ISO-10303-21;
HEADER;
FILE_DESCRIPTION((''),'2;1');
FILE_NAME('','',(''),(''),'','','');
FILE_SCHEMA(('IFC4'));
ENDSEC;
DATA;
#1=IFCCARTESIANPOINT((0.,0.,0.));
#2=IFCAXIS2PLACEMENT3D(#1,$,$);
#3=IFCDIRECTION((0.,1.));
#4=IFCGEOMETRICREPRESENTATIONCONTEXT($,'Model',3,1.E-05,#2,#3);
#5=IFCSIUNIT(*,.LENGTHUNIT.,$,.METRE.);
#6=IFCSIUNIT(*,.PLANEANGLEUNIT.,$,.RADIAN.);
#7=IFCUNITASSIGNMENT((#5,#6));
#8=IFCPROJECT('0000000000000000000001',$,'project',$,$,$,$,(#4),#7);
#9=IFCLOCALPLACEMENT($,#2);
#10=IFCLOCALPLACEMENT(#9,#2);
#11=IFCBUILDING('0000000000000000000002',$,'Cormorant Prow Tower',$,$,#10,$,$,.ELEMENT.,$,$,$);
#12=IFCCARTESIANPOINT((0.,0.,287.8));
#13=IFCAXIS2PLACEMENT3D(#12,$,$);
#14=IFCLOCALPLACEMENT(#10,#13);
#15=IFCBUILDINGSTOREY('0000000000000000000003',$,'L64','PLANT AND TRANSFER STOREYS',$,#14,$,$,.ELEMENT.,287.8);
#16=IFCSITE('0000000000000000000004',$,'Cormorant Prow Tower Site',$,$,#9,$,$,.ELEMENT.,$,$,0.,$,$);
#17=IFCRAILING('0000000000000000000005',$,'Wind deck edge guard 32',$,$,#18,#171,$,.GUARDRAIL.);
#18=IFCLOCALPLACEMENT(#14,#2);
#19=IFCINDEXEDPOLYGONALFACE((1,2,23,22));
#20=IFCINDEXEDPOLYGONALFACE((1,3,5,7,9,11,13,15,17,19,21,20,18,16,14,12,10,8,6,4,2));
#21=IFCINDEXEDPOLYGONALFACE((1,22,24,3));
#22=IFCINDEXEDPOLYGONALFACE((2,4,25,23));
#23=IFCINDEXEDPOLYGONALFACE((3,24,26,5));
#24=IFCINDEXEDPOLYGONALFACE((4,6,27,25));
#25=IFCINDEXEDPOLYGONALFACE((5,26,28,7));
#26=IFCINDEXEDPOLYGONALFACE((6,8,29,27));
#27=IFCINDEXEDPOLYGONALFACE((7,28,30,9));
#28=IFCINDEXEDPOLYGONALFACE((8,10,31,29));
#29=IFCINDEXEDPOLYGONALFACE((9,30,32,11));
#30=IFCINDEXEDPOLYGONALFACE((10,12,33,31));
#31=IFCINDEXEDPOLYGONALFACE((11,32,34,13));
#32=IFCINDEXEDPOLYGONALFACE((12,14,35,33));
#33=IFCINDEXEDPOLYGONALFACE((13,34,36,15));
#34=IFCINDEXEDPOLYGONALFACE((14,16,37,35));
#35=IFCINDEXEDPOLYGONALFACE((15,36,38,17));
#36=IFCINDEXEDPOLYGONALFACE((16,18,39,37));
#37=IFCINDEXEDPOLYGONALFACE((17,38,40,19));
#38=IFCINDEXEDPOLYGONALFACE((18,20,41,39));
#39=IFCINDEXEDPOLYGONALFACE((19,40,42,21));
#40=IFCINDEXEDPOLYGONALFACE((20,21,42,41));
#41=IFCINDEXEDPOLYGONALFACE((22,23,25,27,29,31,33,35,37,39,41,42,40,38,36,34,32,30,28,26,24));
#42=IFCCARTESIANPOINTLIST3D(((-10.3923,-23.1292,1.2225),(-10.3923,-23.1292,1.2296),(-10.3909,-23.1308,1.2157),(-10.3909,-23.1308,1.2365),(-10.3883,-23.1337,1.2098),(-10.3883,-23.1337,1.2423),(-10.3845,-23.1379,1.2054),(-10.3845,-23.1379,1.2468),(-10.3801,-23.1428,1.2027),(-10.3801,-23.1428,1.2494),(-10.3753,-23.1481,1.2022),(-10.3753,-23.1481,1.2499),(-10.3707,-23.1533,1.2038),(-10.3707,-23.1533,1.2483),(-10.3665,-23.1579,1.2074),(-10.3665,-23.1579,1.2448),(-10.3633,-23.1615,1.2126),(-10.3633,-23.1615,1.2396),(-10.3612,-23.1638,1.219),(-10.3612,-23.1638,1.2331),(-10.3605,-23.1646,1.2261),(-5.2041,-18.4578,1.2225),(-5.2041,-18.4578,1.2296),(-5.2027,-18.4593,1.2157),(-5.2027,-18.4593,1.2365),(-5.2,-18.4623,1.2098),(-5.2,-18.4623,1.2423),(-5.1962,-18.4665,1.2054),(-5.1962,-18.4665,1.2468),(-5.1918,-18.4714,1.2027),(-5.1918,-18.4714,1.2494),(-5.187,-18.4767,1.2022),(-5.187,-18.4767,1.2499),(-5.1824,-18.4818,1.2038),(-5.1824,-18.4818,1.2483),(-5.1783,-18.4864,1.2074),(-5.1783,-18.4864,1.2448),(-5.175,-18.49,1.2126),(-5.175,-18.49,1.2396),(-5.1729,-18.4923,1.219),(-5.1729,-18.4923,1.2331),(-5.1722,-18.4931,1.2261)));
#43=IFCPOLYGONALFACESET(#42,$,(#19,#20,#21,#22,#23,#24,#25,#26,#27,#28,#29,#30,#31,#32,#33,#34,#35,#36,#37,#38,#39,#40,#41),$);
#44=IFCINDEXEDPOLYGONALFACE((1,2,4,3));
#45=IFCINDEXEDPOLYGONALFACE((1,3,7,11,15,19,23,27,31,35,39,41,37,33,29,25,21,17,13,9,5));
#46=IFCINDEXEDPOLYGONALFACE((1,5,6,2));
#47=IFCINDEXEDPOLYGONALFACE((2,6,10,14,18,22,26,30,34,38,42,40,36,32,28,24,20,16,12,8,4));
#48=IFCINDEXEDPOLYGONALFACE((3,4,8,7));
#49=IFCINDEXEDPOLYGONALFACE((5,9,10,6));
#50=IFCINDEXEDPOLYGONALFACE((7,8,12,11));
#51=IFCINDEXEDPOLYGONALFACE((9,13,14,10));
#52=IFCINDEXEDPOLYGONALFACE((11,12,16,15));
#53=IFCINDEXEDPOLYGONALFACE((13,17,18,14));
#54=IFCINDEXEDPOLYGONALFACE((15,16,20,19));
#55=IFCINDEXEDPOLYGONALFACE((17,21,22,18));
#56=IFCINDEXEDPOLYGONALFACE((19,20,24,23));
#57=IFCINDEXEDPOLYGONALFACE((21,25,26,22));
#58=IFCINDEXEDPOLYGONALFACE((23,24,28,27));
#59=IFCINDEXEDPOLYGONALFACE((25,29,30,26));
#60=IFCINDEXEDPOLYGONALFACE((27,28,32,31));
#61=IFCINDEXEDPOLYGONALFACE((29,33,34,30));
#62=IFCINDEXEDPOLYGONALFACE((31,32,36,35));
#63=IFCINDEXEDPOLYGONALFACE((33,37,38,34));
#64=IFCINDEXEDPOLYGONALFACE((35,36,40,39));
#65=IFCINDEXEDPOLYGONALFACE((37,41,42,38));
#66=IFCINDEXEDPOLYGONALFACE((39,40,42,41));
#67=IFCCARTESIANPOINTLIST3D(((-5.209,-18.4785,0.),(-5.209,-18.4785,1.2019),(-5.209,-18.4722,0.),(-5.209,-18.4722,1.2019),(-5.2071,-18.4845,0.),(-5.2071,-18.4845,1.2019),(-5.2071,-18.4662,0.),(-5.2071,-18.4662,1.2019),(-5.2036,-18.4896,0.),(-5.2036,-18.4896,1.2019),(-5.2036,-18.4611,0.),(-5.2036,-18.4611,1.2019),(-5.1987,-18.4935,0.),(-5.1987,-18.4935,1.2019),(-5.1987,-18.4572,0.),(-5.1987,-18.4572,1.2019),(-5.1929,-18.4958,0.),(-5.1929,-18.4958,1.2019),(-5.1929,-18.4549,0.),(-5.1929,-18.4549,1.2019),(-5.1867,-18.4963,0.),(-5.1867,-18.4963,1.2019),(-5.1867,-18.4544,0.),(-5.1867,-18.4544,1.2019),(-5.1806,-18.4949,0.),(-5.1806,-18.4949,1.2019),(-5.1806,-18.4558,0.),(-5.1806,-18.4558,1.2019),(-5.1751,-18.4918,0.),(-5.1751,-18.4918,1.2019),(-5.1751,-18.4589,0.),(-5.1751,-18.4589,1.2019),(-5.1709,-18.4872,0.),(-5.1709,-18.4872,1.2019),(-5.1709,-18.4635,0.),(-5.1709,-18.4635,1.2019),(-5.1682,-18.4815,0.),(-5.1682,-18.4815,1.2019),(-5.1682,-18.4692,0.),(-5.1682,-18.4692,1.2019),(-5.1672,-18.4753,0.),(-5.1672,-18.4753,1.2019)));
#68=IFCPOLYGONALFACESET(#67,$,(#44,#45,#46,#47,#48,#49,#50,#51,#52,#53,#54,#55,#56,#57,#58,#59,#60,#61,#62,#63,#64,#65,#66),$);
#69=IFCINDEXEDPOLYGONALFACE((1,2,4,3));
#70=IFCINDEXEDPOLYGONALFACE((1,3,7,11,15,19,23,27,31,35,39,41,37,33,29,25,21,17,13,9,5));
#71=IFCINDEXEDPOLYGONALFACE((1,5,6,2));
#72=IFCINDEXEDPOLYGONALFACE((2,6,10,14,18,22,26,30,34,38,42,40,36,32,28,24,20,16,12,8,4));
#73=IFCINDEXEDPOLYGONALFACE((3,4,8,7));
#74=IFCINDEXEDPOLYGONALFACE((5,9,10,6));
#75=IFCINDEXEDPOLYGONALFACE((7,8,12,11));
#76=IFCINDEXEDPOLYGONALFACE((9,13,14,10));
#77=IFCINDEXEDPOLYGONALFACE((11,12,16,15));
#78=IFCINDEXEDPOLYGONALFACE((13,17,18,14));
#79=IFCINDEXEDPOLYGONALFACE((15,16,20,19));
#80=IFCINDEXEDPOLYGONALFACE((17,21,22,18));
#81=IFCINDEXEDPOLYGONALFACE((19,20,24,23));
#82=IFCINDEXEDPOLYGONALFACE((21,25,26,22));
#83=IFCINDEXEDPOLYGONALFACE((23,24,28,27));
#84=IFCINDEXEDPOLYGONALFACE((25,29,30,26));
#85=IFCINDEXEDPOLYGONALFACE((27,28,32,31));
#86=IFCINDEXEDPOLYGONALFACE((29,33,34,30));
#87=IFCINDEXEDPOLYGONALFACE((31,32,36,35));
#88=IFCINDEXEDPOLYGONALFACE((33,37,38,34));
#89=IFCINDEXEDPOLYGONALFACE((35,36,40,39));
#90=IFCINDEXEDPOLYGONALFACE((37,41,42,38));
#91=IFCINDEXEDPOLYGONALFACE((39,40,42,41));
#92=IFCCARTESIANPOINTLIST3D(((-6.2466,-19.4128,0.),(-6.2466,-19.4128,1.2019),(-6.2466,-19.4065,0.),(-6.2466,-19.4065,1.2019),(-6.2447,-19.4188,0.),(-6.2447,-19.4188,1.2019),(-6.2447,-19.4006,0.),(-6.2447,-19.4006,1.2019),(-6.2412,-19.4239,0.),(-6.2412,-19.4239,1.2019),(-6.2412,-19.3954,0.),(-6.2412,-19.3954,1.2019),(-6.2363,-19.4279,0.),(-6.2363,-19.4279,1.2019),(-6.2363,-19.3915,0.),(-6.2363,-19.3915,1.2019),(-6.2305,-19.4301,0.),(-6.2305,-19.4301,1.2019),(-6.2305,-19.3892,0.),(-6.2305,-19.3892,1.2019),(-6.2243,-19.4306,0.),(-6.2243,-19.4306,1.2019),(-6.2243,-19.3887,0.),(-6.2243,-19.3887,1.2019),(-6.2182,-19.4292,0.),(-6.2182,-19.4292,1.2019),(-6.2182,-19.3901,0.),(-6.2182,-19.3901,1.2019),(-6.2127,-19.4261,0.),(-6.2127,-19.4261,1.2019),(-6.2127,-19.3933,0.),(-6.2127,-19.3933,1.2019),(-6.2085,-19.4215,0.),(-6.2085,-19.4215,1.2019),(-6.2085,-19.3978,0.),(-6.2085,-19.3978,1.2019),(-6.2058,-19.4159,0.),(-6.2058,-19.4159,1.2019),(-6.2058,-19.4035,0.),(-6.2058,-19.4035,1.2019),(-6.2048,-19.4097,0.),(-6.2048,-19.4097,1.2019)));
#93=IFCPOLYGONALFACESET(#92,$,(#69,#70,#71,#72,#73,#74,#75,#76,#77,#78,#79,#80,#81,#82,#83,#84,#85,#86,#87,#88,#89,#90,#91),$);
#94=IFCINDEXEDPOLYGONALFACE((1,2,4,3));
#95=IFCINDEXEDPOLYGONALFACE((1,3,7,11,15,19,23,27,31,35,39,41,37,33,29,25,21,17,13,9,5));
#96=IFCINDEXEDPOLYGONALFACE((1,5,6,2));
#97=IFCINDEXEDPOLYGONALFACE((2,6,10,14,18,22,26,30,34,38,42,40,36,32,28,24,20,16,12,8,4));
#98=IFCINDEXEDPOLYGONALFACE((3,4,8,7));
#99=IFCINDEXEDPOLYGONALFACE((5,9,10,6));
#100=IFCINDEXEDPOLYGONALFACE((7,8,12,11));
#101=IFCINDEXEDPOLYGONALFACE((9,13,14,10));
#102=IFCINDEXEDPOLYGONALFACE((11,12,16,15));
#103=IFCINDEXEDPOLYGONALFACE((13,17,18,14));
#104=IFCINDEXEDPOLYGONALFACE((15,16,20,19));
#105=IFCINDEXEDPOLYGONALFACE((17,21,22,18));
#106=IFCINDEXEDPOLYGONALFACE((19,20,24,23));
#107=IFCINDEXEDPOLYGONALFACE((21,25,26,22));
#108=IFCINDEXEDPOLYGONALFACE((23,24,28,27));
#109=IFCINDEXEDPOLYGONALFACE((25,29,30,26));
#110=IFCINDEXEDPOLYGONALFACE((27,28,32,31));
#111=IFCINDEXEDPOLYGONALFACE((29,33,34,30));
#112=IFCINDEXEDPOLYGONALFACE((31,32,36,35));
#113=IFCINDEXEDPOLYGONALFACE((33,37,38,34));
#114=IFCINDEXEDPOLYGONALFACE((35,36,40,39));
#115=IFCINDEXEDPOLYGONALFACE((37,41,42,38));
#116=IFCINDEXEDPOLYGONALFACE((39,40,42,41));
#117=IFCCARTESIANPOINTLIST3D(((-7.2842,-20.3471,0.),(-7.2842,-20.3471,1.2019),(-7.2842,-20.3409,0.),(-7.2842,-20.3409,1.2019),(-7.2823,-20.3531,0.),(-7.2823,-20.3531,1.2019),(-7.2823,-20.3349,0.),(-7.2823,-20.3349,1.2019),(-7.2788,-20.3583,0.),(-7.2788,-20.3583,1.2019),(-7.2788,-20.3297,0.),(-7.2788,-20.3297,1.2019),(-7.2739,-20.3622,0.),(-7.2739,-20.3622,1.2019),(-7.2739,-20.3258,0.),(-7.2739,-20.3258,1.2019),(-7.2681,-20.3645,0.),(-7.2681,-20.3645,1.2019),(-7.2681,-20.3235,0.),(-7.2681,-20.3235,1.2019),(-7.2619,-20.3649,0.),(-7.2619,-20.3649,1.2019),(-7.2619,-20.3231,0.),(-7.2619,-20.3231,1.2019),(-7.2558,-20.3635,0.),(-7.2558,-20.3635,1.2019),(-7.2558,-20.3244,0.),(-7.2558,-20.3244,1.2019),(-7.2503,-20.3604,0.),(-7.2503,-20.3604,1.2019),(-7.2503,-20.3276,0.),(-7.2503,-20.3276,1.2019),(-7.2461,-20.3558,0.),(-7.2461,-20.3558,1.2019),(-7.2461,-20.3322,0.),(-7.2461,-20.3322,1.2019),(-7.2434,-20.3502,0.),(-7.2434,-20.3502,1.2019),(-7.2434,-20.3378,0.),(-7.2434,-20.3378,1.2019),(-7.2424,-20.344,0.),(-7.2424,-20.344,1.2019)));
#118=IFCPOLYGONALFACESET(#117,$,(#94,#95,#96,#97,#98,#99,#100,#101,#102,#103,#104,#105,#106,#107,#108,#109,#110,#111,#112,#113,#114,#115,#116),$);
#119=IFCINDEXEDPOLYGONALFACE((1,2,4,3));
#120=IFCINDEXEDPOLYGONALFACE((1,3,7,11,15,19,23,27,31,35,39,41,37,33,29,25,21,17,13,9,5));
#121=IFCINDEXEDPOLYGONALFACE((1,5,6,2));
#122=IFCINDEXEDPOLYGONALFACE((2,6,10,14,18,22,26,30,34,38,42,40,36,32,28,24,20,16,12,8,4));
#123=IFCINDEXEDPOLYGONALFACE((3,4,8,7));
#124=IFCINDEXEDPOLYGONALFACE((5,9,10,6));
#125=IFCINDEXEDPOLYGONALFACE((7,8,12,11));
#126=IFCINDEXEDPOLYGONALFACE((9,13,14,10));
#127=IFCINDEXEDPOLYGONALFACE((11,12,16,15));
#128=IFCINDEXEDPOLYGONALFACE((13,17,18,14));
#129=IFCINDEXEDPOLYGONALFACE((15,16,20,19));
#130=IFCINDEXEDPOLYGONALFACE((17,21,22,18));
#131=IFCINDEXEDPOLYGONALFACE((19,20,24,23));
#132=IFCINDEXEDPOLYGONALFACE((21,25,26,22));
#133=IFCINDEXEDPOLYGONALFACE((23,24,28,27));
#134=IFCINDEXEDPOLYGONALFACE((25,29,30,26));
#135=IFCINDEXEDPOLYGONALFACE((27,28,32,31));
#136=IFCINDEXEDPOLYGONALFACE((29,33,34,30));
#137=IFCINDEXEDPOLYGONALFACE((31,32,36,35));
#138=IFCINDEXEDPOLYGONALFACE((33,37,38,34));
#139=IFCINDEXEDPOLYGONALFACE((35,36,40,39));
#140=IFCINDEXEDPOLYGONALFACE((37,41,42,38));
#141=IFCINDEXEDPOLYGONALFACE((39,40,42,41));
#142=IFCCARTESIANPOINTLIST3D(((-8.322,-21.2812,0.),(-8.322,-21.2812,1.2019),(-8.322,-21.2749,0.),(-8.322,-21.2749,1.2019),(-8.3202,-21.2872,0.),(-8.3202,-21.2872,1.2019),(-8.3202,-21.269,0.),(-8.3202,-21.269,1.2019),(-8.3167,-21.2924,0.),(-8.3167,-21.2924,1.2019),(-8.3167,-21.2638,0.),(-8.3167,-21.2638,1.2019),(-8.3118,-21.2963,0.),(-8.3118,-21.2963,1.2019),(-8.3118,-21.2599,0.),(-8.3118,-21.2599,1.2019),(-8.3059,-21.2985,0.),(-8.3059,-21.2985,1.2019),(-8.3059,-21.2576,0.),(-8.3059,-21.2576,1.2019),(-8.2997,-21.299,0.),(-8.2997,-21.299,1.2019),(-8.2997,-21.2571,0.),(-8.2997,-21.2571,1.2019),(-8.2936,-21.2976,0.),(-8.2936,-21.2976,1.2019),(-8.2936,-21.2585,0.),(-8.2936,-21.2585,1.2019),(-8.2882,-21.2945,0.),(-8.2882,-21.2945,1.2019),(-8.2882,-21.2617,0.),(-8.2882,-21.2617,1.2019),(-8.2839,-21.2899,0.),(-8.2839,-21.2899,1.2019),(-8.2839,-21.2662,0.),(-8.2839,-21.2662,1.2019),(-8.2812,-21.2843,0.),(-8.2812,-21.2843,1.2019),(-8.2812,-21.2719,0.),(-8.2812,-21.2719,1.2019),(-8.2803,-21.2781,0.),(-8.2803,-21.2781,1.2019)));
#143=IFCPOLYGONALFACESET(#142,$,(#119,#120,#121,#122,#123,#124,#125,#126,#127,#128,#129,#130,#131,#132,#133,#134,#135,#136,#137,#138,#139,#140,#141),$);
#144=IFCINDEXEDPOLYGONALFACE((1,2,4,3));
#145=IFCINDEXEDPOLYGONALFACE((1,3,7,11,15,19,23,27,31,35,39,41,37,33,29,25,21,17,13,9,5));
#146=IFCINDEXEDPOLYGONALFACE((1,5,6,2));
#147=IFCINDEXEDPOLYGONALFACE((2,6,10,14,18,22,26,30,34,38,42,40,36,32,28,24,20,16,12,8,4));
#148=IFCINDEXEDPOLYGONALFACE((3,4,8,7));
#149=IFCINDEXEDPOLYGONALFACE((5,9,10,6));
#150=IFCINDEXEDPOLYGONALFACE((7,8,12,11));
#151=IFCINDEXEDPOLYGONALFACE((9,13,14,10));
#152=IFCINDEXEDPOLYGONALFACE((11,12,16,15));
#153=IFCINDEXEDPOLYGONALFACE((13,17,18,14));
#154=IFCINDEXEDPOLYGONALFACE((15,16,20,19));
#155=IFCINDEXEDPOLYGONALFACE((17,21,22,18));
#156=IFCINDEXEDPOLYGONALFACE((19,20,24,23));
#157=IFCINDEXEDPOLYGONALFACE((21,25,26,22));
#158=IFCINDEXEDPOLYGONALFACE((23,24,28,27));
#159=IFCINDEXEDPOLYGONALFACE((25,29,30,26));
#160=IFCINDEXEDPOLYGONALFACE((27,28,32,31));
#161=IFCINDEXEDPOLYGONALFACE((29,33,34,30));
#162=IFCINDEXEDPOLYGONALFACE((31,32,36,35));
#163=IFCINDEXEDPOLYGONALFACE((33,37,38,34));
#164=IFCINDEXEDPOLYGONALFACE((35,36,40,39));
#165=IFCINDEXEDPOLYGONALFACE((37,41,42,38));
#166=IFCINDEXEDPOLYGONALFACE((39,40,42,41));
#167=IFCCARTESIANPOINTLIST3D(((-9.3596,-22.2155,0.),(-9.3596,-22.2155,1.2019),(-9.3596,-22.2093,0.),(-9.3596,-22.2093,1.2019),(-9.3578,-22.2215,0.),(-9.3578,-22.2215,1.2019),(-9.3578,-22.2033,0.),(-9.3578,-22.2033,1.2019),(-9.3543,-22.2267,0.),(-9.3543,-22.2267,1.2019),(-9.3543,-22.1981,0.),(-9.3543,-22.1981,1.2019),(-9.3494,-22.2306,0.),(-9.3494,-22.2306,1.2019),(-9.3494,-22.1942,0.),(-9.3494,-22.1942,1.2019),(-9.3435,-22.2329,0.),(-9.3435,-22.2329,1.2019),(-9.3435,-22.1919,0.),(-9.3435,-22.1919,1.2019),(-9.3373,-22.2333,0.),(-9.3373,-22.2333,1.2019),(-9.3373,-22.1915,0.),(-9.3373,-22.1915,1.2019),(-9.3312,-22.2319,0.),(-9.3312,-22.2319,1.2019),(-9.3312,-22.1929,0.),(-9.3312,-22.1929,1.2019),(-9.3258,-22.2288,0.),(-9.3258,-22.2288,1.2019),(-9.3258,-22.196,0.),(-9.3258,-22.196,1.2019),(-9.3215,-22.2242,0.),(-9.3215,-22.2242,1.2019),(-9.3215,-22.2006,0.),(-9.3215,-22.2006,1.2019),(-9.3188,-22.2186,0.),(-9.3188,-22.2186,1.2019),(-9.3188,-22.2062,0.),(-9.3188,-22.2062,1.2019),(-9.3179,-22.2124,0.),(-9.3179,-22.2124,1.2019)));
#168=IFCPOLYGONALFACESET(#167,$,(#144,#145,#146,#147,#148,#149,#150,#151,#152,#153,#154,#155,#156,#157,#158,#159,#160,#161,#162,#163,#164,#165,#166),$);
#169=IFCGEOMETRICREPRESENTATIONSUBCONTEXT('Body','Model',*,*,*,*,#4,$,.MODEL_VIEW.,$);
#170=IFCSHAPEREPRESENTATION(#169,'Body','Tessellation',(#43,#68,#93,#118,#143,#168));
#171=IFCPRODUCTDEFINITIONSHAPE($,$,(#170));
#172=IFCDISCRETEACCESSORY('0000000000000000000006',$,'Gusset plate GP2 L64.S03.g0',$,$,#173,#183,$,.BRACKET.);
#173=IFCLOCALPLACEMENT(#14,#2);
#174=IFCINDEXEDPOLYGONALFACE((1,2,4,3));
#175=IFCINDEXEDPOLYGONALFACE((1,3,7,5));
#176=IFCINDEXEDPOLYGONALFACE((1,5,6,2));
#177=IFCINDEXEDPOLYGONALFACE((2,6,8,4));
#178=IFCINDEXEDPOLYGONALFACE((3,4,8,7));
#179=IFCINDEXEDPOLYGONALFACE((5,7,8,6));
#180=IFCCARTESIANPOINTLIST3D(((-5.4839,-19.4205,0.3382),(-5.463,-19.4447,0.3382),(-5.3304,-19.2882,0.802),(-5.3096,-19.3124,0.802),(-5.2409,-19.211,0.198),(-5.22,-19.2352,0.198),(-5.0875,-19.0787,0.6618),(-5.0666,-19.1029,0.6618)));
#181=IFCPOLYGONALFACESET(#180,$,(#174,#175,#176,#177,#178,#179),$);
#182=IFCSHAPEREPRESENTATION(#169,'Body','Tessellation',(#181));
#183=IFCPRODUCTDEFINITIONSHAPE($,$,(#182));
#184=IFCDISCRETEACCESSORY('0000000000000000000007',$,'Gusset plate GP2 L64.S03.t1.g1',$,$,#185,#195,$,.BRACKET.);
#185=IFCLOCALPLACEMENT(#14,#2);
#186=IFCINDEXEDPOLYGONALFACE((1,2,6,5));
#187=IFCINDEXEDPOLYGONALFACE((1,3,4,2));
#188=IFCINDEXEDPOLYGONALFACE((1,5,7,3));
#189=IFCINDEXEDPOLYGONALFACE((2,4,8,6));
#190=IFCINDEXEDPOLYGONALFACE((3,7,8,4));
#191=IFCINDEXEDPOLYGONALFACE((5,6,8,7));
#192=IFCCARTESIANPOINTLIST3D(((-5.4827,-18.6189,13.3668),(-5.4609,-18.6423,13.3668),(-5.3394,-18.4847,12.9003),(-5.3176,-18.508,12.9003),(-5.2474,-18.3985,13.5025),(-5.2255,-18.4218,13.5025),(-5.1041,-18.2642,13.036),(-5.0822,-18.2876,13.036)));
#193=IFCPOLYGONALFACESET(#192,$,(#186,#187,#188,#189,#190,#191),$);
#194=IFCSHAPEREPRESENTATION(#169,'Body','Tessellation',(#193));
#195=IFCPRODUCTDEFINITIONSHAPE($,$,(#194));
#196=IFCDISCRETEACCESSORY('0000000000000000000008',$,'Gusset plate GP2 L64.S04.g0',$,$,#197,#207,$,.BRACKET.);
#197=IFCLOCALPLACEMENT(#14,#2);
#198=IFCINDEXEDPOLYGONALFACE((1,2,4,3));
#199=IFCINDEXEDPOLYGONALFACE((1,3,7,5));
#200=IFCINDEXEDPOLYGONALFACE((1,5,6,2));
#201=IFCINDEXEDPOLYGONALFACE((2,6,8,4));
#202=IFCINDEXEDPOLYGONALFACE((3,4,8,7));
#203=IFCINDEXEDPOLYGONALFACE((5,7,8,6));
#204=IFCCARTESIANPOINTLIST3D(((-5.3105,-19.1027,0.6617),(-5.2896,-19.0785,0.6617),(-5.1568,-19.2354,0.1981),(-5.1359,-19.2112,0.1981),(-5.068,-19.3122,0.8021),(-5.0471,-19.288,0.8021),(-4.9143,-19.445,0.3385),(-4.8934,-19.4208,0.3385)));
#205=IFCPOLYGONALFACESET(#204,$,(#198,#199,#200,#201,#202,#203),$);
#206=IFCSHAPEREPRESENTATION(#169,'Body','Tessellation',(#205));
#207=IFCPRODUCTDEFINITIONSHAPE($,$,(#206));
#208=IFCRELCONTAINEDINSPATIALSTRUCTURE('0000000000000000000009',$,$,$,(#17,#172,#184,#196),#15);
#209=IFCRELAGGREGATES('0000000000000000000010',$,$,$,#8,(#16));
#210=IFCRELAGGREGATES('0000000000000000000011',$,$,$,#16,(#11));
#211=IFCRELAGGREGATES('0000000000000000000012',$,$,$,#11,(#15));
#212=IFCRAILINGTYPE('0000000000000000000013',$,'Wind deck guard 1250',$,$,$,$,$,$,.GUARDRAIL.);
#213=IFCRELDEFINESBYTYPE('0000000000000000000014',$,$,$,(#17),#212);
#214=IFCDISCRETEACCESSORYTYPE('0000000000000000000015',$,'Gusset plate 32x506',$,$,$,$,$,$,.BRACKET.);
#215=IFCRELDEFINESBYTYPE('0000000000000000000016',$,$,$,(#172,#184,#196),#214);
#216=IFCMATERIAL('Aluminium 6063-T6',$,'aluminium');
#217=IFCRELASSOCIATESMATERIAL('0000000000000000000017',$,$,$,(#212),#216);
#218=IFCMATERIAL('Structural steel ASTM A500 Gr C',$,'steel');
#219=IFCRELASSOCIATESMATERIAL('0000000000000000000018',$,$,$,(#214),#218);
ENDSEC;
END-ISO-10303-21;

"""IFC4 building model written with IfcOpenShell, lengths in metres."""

from ifc_helpers import new_model, si_unit, direction, frame, origin, origin_2d, place, context, subcontext, project, spatial, rectangle, circle, extrude, material, material_profile, profile_set, type_object, element, save


model = new_model("IFC4")

# Units and contexts
model_context = context("Model", 3, precision=1e-05, world=origin(), true_north=direction((0.0, 1.0)))
body_context = subcontext(model_context, "Body", "Model", "MODEL_VIEW")
ifc_project = project(units=[si_unit("LENGTHUNIT", "METRE"), si_unit("PLANEANGLEUNIT", "RADIAN")], contexts=[model_context])

# Site, building, storey
site_placement = place(None, origin())
site = spatial("IfcSite", under=ifc_project, at=site_placement, Name="Cormorant Prow Tower Site", CompositionType="ELEMENT", RefElevation=0.0)
building_placement = place(site_placement, origin())
building = spatial("IfcBuilding", under=site, at=building_placement, Name="Cormorant Prow Tower", CompositionType="ELEMENT")
storey_placement = place(building_placement, frame((0.0, 0.0, 287.8)))
storey = spatial("IfcBuildingStorey", under=building, at=storey_placement, Name="L64", Description="PLANT AND TRANSFER STOREYS", CompositionType="ELEMENT", Elevation=287.8)

# Railing
ifc_material_1 = material(Name="Aluminium 6063-T6", Category="aluminium")
railing_type = type_object("IfcRailingType", Name="Wind deck guard 1250", PredefinedType="GUARDRAIL", material=ifc_material_1)
railing_placement = place(storey_placement, frame((-5.1882, -18.4753, 0.0)))
element("IfcRailing", 1, at=railing_placement, inside=storey, type_object=railing_type, Name="Wind deck edge guard 32", PredefinedType="GUARDRAIL", context=body_context, shape_type="SweptSolid", body=[
    extrude(circle(Radius=0.0239, at=origin_2d()), frame((0.0, 0.0, 1.2261), z_axis=(-0.743153, -0.669121, 0.0), x_axis=(0.669121, -0.743153, 0.0)), (0.0, 0.0, 1.0), 6.9814),
    extrude(circle(Radius=0.021, at=origin_2d()), origin(), (0.0, 0.0, 1.0), 1.2019),
    extrude(circle(Radius=0.021, at=origin_2d()), frame((-1.0376, -0.9343, 0.0)), (0.0, 0.0, 1.0), 1.2019),
    extrude(circle(Radius=0.021, at=origin_2d()), frame((-2.0752, -1.8687, 0.0)), (0.0, 0.0, 1.0), 1.2019),
    extrude(circle(Radius=0.021, at=origin_2d()), frame((-3.113, -2.8027, 0.0)), (0.0, 0.0, 1.0), 1.2019),
    extrude(circle(Radius=0.021, at=origin_2d()), frame((-4.1506, -3.7371, 0.0)), (0.0, 0.0, 1.0), 1.2019),
])

# Discrete accessories
ifc_material_2 = material(Name="Structural steel ASTM A500 Gr C", Category="steel")
ifc_material_profile_1 = material_profile(ifc_material_2, rectangle(XDim=0.032, YDim=0.5061, at=origin_2d()), Name="Gusset plate 32x506")
ifc_profile_set_1 = profile_set([ifc_material_profile_1], Name="Structural steel ASTM A500 Gr C")
discrete_accessory_type_1 = type_object("IfcDiscreteAccessoryType", Name="Gusset plate 32x506", PredefinedType="BRACKET", material=ifc_profile_set_1)
discrete_accessory_1_placement = place(storey_placement, frame((-5.3967, -19.3665, 0.5701), z_axis=(0.69398, 0.598427, -0.400346), x_axis=(-0.653045, 0.757319, 0.0)))
element("IfcDiscreteAccessory", 2, at=discrete_accessory_1_placement, inside=storey, type_object=discrete_accessory_type_1, Name="Gusset plate GP2 L64.S03.g0", PredefinedType="BRACKET", context=body_context, shape_type="SweptSolid", body=[
    extrude(rectangle(XDim=0.032, YDim=0.5061, at=origin_2d()), origin(), (0.0, 0.0, 1.0), 0.3501),
])
for number, where, z_axis, x_axis, name in (
    (3, (-5.4001, -18.5635, 13.1335), (0.672657, 0.630093, 0.387964), (-0.683639, 0.72982, 0.0), "Gusset plate GP2 L64.S03.t1.g1"),
    (4, (-4.9807, -19.3665, 0.5703), (-0.693062, 0.598839, -0.40132), (-0.653798, -0.756669, 0.0), "Gusset plate GP2 L64.S04.g0"),
):
    element("IfcDiscreteAccessory", number, at=place(storey_placement, frame(where, z_axis=z_axis, x_axis=x_axis)), inside=storey, type_object=discrete_accessory_type_1, Name=name, PredefinedType="BRACKET", context=body_context, shape_type="SweptSolid", body=[
        extrude(rectangle(XDim=0.032, YDim=0.5061, at=origin_2d()), origin(), (0.0, 0.0, 1.0), 0.3499),
    ])

save(model, "model.ifc")
